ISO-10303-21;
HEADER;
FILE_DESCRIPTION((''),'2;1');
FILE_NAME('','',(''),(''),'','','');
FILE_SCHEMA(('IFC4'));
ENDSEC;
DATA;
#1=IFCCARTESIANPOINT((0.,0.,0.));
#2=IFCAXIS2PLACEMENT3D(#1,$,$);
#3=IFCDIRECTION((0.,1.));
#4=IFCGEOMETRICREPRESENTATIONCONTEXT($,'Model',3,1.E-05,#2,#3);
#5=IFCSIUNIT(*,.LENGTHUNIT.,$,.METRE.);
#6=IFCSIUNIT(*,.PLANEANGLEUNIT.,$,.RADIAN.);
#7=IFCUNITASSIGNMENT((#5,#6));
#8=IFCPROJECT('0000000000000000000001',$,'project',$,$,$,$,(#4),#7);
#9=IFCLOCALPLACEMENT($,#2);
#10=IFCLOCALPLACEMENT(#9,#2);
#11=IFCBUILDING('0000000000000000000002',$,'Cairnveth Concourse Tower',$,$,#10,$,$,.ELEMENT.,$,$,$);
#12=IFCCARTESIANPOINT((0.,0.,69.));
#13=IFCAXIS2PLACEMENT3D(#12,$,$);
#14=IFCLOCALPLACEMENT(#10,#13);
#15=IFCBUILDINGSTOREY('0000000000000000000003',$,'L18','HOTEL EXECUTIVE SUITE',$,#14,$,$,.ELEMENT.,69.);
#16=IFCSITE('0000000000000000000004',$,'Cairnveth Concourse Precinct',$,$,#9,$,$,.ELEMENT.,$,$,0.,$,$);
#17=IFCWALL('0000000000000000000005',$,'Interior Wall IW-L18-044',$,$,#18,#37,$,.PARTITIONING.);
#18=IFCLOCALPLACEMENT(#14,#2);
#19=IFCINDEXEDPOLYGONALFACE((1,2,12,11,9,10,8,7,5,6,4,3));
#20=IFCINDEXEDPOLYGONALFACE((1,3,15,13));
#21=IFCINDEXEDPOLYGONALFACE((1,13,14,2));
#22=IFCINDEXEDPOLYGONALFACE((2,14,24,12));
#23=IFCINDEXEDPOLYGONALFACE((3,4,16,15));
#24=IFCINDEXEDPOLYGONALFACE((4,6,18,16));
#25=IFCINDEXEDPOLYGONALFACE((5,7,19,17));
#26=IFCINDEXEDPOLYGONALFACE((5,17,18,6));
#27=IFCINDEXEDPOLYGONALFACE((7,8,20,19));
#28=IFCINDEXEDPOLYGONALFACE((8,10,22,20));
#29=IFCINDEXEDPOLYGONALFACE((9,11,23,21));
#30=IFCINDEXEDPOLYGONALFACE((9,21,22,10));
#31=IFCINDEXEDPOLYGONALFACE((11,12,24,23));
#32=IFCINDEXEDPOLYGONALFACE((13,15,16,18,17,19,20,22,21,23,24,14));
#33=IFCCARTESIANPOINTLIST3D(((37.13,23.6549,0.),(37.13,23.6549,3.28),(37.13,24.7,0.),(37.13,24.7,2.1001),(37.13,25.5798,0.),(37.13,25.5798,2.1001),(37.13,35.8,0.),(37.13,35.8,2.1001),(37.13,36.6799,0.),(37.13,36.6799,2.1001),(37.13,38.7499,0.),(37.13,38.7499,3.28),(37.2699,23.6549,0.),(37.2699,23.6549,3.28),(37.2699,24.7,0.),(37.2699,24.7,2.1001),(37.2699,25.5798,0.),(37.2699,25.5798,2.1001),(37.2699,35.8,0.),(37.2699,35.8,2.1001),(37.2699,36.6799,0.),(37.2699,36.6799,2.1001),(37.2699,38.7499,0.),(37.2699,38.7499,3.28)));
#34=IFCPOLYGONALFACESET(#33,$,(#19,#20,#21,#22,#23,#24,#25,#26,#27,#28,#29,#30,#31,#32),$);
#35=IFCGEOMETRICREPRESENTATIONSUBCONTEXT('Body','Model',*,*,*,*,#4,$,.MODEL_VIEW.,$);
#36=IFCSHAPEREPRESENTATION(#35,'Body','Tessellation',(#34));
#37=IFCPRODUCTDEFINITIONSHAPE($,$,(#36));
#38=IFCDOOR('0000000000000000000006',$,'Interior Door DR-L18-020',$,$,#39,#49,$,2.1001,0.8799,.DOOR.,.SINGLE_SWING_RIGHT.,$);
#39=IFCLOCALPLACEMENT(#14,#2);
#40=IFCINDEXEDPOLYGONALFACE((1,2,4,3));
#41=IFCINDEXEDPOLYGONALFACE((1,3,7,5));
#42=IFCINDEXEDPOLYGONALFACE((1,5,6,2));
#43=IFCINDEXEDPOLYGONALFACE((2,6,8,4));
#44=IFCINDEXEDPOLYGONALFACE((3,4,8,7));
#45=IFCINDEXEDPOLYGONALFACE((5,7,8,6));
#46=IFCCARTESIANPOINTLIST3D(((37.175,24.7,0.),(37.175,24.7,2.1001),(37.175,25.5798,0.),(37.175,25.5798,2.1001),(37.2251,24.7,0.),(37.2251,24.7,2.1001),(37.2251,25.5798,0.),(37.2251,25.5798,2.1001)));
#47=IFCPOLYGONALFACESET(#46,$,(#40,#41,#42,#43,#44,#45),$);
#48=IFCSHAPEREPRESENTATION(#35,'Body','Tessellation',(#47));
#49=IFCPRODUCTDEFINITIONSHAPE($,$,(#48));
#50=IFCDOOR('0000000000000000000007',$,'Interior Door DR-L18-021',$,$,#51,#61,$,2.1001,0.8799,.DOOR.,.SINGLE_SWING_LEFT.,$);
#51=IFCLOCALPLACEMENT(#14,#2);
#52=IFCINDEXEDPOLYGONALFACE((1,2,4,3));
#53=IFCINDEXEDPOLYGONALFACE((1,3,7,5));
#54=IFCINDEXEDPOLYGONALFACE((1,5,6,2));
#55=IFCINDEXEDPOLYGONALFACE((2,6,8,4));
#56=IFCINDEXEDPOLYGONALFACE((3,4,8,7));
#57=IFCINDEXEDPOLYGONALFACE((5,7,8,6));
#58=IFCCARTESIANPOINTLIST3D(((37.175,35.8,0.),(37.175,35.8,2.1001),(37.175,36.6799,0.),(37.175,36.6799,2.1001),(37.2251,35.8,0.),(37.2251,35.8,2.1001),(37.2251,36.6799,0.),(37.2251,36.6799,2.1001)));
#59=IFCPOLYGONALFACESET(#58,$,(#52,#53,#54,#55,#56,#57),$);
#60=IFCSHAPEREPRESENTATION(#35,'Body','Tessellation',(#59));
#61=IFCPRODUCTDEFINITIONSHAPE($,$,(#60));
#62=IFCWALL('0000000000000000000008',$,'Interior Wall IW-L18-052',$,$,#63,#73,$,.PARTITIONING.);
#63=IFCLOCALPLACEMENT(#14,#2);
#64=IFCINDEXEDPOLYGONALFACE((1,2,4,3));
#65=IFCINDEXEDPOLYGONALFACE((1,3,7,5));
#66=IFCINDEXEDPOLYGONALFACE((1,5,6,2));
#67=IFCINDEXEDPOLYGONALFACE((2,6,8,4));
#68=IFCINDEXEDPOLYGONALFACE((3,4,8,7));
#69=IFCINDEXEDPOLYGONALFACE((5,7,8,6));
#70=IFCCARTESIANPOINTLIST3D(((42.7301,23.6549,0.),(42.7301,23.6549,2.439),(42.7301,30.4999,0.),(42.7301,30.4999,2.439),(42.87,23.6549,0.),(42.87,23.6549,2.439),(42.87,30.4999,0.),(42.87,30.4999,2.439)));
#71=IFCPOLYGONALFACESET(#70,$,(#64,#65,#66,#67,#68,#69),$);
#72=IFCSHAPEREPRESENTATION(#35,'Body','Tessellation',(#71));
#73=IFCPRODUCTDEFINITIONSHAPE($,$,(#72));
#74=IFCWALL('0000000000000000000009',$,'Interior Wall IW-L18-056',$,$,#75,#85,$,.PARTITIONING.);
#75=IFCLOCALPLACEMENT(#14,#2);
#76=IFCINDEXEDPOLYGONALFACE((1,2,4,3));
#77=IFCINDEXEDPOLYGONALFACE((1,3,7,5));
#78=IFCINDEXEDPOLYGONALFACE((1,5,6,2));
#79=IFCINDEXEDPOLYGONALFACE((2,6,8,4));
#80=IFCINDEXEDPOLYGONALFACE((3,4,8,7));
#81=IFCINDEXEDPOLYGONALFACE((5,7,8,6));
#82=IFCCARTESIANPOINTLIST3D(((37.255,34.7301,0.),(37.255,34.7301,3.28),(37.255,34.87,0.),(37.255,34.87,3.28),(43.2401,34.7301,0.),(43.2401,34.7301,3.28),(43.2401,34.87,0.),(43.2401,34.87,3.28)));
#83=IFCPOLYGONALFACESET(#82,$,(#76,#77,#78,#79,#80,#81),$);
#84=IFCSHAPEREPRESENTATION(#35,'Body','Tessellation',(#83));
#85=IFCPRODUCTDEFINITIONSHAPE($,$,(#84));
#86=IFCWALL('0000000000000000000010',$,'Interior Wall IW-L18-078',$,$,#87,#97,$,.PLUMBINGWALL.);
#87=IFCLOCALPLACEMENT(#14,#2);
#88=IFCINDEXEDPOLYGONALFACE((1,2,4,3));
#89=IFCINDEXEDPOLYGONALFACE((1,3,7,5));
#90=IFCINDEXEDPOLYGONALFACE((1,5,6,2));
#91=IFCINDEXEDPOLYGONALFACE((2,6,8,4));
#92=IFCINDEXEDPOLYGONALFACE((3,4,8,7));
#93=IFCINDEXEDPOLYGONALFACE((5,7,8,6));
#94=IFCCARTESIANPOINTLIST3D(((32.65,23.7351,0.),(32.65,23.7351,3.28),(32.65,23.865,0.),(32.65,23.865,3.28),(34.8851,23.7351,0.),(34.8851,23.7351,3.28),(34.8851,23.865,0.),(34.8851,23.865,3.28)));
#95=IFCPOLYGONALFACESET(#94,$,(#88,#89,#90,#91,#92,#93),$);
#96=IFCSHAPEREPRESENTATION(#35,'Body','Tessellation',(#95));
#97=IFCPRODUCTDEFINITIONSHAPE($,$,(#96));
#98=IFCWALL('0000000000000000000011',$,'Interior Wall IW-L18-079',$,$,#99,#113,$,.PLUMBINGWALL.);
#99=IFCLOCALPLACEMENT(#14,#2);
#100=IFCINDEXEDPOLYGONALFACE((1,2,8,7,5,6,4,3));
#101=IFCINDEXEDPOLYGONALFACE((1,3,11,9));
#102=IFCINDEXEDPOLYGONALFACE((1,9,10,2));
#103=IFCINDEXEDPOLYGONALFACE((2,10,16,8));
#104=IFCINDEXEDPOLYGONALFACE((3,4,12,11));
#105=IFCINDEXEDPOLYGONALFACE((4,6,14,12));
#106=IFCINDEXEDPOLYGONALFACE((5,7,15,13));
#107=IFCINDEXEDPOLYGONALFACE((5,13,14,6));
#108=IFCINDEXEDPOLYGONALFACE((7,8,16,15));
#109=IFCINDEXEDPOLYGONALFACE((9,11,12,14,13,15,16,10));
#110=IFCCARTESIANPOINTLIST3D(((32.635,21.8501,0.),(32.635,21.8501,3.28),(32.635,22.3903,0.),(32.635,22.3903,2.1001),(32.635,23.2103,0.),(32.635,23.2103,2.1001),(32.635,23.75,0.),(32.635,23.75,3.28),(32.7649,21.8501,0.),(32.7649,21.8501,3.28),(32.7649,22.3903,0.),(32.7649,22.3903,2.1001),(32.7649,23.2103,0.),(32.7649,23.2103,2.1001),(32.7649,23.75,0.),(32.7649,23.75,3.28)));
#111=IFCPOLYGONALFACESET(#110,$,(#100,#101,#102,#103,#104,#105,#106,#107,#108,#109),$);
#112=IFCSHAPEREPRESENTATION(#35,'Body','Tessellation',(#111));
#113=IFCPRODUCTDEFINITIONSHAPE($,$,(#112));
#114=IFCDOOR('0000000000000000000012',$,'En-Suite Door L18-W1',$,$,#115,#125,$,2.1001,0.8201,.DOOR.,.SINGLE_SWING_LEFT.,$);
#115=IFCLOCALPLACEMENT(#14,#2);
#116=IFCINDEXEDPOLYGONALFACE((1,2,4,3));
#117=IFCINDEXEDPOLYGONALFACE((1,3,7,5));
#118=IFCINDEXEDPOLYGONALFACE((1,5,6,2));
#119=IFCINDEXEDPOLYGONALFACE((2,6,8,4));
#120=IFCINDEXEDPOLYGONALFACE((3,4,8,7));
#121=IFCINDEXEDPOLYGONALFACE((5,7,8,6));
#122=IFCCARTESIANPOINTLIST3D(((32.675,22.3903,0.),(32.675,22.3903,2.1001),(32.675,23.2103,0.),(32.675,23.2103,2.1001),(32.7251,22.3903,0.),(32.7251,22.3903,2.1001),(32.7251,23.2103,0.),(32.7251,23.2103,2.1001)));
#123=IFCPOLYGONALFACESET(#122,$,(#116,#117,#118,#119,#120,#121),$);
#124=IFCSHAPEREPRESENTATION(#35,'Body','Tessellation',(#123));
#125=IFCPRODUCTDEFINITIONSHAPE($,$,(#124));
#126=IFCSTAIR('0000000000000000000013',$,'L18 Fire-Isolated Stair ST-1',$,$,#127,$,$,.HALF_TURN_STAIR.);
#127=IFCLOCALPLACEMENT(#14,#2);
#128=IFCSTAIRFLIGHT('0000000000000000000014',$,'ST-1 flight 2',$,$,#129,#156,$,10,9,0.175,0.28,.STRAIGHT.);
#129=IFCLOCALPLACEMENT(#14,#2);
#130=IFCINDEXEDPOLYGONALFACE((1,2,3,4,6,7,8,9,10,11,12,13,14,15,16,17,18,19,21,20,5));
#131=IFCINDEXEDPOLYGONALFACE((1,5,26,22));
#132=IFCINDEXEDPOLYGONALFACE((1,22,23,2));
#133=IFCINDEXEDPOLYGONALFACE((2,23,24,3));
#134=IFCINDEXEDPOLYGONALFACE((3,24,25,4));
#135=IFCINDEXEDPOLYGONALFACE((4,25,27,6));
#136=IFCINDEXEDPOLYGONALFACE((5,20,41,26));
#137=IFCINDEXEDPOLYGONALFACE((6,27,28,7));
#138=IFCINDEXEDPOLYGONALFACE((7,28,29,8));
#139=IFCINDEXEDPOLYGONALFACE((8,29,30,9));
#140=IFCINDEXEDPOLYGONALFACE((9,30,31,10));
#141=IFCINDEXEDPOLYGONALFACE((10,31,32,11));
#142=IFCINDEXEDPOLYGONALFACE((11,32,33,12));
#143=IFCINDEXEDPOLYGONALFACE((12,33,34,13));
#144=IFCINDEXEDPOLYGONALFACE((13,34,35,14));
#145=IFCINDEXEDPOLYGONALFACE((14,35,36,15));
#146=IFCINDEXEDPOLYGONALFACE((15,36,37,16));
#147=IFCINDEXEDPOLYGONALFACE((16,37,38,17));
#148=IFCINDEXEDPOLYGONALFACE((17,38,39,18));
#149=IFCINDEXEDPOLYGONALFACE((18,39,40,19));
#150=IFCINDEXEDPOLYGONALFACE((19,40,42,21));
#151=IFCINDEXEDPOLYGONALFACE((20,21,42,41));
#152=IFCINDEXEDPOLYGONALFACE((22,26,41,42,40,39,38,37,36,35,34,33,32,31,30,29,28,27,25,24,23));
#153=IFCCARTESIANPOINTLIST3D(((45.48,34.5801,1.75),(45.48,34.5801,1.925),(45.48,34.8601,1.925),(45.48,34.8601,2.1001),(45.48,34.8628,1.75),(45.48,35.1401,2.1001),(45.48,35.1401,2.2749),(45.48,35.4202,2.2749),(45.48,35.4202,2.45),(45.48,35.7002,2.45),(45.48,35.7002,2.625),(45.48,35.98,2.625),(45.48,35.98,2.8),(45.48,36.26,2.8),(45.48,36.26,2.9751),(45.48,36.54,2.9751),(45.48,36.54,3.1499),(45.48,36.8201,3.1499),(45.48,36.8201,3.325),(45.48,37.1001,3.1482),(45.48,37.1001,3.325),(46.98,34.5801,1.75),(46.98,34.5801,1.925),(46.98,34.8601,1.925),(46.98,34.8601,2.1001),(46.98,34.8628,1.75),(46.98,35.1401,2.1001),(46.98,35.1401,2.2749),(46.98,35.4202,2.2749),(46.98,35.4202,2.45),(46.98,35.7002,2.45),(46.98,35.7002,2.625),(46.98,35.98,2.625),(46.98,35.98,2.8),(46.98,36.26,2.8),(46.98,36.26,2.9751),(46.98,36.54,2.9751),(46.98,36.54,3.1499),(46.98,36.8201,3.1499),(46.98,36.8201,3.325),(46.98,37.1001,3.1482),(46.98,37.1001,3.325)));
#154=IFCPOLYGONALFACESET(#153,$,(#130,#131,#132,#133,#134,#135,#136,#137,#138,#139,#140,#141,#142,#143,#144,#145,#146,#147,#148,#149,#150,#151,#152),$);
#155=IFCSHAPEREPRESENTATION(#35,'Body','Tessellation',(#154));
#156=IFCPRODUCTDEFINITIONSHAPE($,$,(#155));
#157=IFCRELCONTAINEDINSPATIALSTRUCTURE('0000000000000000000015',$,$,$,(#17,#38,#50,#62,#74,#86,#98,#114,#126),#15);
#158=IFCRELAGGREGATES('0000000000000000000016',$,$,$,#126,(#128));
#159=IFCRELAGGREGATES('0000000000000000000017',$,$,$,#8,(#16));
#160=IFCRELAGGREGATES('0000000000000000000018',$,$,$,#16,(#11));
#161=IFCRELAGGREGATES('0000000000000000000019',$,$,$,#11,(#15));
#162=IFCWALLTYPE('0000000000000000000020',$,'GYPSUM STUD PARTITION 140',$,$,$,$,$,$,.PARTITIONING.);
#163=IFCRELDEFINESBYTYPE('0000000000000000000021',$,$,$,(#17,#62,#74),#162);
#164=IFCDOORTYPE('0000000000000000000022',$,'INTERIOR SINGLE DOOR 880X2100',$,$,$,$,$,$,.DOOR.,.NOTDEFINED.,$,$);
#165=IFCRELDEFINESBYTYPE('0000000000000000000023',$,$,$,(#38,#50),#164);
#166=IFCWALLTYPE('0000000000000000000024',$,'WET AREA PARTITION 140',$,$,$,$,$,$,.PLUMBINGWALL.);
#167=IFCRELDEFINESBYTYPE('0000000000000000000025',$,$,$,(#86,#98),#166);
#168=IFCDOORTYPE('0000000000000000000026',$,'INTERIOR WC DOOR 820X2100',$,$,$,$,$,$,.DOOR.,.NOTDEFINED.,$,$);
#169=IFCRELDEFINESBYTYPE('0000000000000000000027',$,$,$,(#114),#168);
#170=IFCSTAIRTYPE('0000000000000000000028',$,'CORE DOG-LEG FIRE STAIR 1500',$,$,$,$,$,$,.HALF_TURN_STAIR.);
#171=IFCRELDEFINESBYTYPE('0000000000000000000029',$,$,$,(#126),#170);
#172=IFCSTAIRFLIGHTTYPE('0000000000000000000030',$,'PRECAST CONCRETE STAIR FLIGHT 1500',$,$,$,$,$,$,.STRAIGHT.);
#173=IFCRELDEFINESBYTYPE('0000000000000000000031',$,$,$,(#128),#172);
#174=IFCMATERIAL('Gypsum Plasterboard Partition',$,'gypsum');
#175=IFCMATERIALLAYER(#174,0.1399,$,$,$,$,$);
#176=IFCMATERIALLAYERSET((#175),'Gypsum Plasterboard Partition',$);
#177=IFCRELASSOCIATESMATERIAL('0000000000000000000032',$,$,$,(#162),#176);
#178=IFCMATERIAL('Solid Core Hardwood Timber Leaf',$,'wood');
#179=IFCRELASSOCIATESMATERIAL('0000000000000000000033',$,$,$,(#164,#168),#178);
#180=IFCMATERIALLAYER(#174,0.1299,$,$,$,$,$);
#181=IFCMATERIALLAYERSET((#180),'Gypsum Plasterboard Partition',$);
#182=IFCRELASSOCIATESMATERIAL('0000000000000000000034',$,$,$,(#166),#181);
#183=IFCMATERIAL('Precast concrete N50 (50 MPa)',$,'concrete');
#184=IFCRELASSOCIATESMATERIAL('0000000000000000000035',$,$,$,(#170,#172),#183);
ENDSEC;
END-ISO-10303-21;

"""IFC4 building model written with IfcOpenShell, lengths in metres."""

from ifc_helpers import new_model, si_unit, direction, frame, frame_2d, origin, place, context, subcontext, project, spatial, polyline, rectangle, outline, extrude, material, layer, layer_set, type_object, element, fill, aggregate, save


model = new_model("IFC4")

# Units and contexts
model_context = context("Model", 3, precision=1e-05, world=origin(), true_north=direction((0.0, 1.0)))
body_context = subcontext(model_context, "Body", "Model", "MODEL_VIEW")
ifc_project = project(units=[si_unit("LENGTHUNIT", "METRE"), si_unit("PLANEANGLEUNIT", "RADIAN")], contexts=[model_context])

# Site, building, storey
site_placement = place(None, origin())
site = spatial("IfcSite", under=ifc_project, at=site_placement, Name="Cairnveth Concourse Precinct", CompositionType="ELEMENT", RefElevation=0.0)
building_placement = place(site_placement, origin())
building = spatial("IfcBuilding", under=site, at=building_placement, Name="Cairnveth Concourse Tower", CompositionType="ELEMENT")
storey_placement = place(building_placement, frame((0.0, 0.0, 69.0)))
storey = spatial("IfcBuildingStorey", under=building, at=storey_placement, Name="L18", Description="HOTEL EXECUTIVE SUITE", CompositionType="ELEMENT", Elevation=69.0)

# Wall, openings, doors
ifc_material_1 = material(Name="Gypsum Plasterboard Partition", Category="gypsum")
ifc_layer_1 = layer(ifc_material_1, 0.1399)
ifc_layer_set_1 = layer_set([ifc_layer_1], Name="Gypsum Plasterboard Partition")
wall_type_1 = type_object("IfcWallType", Name="GYPSUM STUD PARTITION 140", PredefinedType="PARTITIONING", material=ifc_layer_set_1)
ifc_material_2 = material(Name="Solid Core Hardwood Timber Leaf", Category="wood")
door_type_1 = type_object("IfcDoorType", Name="INTERIOR SINGLE DOOR 880X2100", OperationType="NOTDEFINED", PredefinedType="DOOR", material=ifc_material_2)
wall_1_placement = place(storey_placement, frame((37.2, 23.655, 0.0), z_axis=(0.0, 0.0, 1.0), x_axis=(0.0, 1.0, 0.0)))
wall_1 = element("IfcWall", 1, at=wall_1_placement, inside=storey, type_object=wall_type_1, Name="Interior Wall IW-L18-044", PredefinedType="PARTITIONING", context=body_context, shape_type="SweptSolid", body=[
    extrude(rectangle(XDim=15.095, YDim=0.1399, at=frame_2d((7.5474, 0.0))), origin(), (0.0, 0.0, 1.0), 3.28),
])
opening_1_placement = place(wall_1_placement, frame((1.0449, 0.0, 0.0)))
opening_1 = element("IfcOpeningElement", 2, at=opening_1_placement, cuts=wall_1, PredefinedType="OPENING", context=body_context, shape_type="SweptSolid", body=[
    extrude(rectangle(XDim=0.8799, YDim=2.1001, at=frame_2d((0.4399, 1.05))), frame((0.0, 0.0798, 0.0), z_axis=(0.0, -1.0, 0.0), x_axis=(1.0, 0.0, 0.0)), (0.0, 0.0, 1.0), 0.1599),
])
opening_2_placement = place(wall_1_placement, frame((12.145, 0.0, 0.0)))
opening_2 = element("IfcOpeningElement", 3, at=opening_2_placement, cuts=wall_1, PredefinedType="OPENING", context=body_context, shape_type="SweptSolid", body=[
    extrude(rectangle(XDim=0.8799, YDim=2.1001, at=frame_2d((0.4399, 1.05))), frame((0.0, 0.0798, 0.0), z_axis=(0.0, -1.0, 0.0), x_axis=(1.0, 0.0, 0.0)), (0.0, 0.0, 1.0), 0.1599),
])
door_1_placement = place(opening_1_placement, origin())
door_1 = element("IfcDoor", 4, at=door_1_placement, inside=storey, type_object=door_type_1, Name="Interior Door DR-L18-020", OperationType="SINGLE_SWING_RIGHT", OverallHeight=2.1001, OverallWidth=0.8799, PredefinedType="DOOR", context=body_context, shape_type="SweptSolid", body=[
    extrude(rectangle(XDim=0.8799, YDim=2.1001, at=frame_2d((0.4399, 1.05))), frame((0.0, 0.0249, 0.0), z_axis=(0.0, -1.0, 0.0), x_axis=(1.0, 0.0, 0.0)), (0.0, 0.0, 1.0), 0.05),
])
fill(opening_1, door_1)
door_2_placement = place(opening_2_placement, origin())
door_2 = element("IfcDoor", 5, at=door_2_placement, inside=storey, type_object=door_type_1, Name="Interior Door DR-L18-021", OperationType="SINGLE_SWING_LEFT", OverallHeight=2.1001, OverallWidth=0.8799, PredefinedType="DOOR", context=body_context, shape_type="SweptSolid", body=[
    extrude(rectangle(XDim=0.8799, YDim=2.1001, at=frame_2d((0.4399, 1.05))), frame((0.0, 0.0249, 0.0), z_axis=(0.0, -1.0, 0.0), x_axis=(1.0, 0.0, 0.0)), (0.0, 0.0, 1.0), 0.05),
])
fill(opening_2, door_2)

# Walls
wall_2_placement = place(storey_placement, frame((42.8, 23.655, 0.0), z_axis=(0.0, 0.0, 1.0), x_axis=(0.0, 1.0, 0.0)))
element("IfcWall", 6, at=wall_2_placement, inside=storey, type_object=wall_type_1, Name="Interior Wall IW-L18-052", PredefinedType="PARTITIONING", context=body_context, shape_type="SweptSolid", body=[
    extrude(rectangle(XDim=6.845, YDim=0.1399, at=frame_2d((3.4224, 0.0))), origin(), (0.0, 0.0, 1.0), 2.439),
])
wall_3_placement = place(storey_placement, frame((37.2549, 34.8, 0.0), z_axis=(0.0, 0.0, 1.0), x_axis=(1.0, 0.0, 0.0)))
element("IfcWall", 7, at=wall_3_placement, inside=storey, type_object=wall_type_1, Name="Interior Wall IW-L18-056", PredefinedType="PARTITIONING", context=body_context, shape_type="SweptSolid", body=[
    extrude(rectangle(XDim=5.9851, YDim=0.1399, at=frame_2d((2.9927, 0.0))), origin(), (0.0, 0.0, 1.0), 3.28),
])
ifc_layer_2 = layer(ifc_material_1, 0.1299)
ifc_layer_set_2 = layer_set([ifc_layer_2], Name="Gypsum Plasterboard Partition")
wall_type_2 = type_object("IfcWallType", Name="WET AREA PARTITION 140", PredefinedType="PLUMBINGWALL", material=ifc_layer_set_2)
wall_4_placement = place(storey_placement, frame((32.6499, 23.8, 0.0), z_axis=(0.0, 0.0, 1.0), x_axis=(1.0, 0.0, 0.0)))
element("IfcWall", 8, at=wall_4_placement, inside=storey, type_object=wall_type_2, Name="Interior Wall IW-L18-078", PredefinedType="PLUMBINGWALL", context=body_context, shape_type="SweptSolid", body=[
    extrude(rectangle(XDim=2.2351, YDim=0.1299, at=frame_2d((1.1177, 0.0))), origin(), (0.0, 0.0, 1.0), 3.28),
])

# Wall, opening, door
wall_5_placement = place(storey_placement, frame((32.7, 21.8501, 0.0), z_axis=(0.0, 0.0, 1.0), x_axis=(0.0, 1.0, 0.0)))
wall_5 = element("IfcWall", 9, at=wall_5_placement, inside=storey, type_object=wall_type_2, Name="Interior Wall IW-L18-079", PredefinedType="PLUMBINGWALL", context=body_context, shape_type="SweptSolid", body=[
    extrude(rectangle(XDim=1.8999, YDim=0.1299, at=frame_2d((0.95, 0.0))), origin(), (0.0, 0.0, 1.0), 3.28),
])
opening_3_placement = place(wall_5_placement, frame((0.54, 0.0, 0.0)))
opening_3 = element("IfcOpeningElement", 10, at=opening_3_placement, cuts=wall_5, PredefinedType="OPENING", context=body_context, shape_type="SweptSolid", body=[
    extrude(rectangle(XDim=0.8201, YDim=2.1001, at=frame_2d((0.4102, 1.05))), frame((0.0, 0.075, 0.0), z_axis=(0.0, -1.0, 0.0), x_axis=(1.0, 0.0, 0.0)), (0.0, 0.0, 1.0), 0.1499),
])
door_type_2 = type_object("IfcDoorType", Name="INTERIOR WC DOOR 820X2100", OperationType="NOTDEFINED", PredefinedType="DOOR", material=ifc_material_2)
door_3_placement = place(opening_3_placement, origin())
door_3 = element("IfcDoor", 11, at=door_3_placement, inside=storey, type_object=door_type_2, Name="En-Suite Door L18-W1", OperationType="SINGLE_SWING_LEFT", OverallHeight=2.1001, OverallWidth=0.8201, PredefinedType="DOOR", context=body_context, shape_type="SweptSolid", body=[
    extrude(rectangle(XDim=0.8201, YDim=2.1001, at=frame_2d((0.4102, 1.05))), frame((0.0, 0.0249, 0.0), z_axis=(0.0, -1.0, 0.0), x_axis=(1.0, 0.0, 0.0)), (0.0, 0.0, 1.0), 0.05),
])
fill(opening_3, door_3)

# Stair, stair flight
ifc_material_3 = material(Name="Precast concrete N50 (50 MPa)", Category="concrete")
stair_type = type_object("IfcStairType", Name="CORE DOG-LEG FIRE STAIR 1500", PredefinedType="HALF_TURN_STAIR", material=ifc_material_3)
stair_placement = place(storey_placement, origin())
stair = element("IfcStair", 12, at=stair_placement, inside=storey, type_object=stair_type, Name="L18 Fire-Isolated Stair ST-1", PredefinedType="HALF_TURN_STAIR")
stair_flight_type = type_object("IfcStairFlightType", Name="PRECAST CONCRETE STAIR FLIGHT 1500", PredefinedType="STRAIGHT", material=ifc_material_3)
stair_flight_placement = place(storey_placement, frame((46.23, 34.5801, 1.75), z_axis=(0.0, 0.0, 1.0), x_axis=(0.0, 1.0, 0.0)))
stair_flight = element("IfcStairFlight", 13, at=stair_flight_placement, type_object=stair_flight_type, Name="ST-1 flight 2", NumberOfRisers=10, NumberOfTreads=9, PredefinedType="STRAIGHT", RiserHeight=0.175, TreadLength=0.28, context=body_context, shape_type="SweptSolid", body=[
    extrude(outline(polyline([(0.0, 0.0), (0.0, 0.175), (0.28, 0.175), (0.28, 0.3501), (0.5601, 0.3501), (0.5601, 0.5249), (0.8401, 0.5249), (0.8401, 0.7), (1.1201, 0.7), (1.1201, 0.875), (1.3999, 0.875), (1.3999, 1.05), (1.6799, 1.05), (1.6799, 1.2251), (1.96, 1.2251), (1.96, 1.3999), (2.24, 1.3999), (2.24, 1.575), (2.52, 1.575), (2.52, 1.75), (2.52, 1.3982), (0.2827, 0.0), (0.0, 0.0)])), frame((0.0, 0.75, 0.0), z_axis=(0.0, -1.0, 0.0), x_axis=(1.0, 0.0, 0.0)), (0.0, 0.0, 1.0), 1.5),
])
aggregate(stair, [stair_flight])

save(model, "model.ifc")
